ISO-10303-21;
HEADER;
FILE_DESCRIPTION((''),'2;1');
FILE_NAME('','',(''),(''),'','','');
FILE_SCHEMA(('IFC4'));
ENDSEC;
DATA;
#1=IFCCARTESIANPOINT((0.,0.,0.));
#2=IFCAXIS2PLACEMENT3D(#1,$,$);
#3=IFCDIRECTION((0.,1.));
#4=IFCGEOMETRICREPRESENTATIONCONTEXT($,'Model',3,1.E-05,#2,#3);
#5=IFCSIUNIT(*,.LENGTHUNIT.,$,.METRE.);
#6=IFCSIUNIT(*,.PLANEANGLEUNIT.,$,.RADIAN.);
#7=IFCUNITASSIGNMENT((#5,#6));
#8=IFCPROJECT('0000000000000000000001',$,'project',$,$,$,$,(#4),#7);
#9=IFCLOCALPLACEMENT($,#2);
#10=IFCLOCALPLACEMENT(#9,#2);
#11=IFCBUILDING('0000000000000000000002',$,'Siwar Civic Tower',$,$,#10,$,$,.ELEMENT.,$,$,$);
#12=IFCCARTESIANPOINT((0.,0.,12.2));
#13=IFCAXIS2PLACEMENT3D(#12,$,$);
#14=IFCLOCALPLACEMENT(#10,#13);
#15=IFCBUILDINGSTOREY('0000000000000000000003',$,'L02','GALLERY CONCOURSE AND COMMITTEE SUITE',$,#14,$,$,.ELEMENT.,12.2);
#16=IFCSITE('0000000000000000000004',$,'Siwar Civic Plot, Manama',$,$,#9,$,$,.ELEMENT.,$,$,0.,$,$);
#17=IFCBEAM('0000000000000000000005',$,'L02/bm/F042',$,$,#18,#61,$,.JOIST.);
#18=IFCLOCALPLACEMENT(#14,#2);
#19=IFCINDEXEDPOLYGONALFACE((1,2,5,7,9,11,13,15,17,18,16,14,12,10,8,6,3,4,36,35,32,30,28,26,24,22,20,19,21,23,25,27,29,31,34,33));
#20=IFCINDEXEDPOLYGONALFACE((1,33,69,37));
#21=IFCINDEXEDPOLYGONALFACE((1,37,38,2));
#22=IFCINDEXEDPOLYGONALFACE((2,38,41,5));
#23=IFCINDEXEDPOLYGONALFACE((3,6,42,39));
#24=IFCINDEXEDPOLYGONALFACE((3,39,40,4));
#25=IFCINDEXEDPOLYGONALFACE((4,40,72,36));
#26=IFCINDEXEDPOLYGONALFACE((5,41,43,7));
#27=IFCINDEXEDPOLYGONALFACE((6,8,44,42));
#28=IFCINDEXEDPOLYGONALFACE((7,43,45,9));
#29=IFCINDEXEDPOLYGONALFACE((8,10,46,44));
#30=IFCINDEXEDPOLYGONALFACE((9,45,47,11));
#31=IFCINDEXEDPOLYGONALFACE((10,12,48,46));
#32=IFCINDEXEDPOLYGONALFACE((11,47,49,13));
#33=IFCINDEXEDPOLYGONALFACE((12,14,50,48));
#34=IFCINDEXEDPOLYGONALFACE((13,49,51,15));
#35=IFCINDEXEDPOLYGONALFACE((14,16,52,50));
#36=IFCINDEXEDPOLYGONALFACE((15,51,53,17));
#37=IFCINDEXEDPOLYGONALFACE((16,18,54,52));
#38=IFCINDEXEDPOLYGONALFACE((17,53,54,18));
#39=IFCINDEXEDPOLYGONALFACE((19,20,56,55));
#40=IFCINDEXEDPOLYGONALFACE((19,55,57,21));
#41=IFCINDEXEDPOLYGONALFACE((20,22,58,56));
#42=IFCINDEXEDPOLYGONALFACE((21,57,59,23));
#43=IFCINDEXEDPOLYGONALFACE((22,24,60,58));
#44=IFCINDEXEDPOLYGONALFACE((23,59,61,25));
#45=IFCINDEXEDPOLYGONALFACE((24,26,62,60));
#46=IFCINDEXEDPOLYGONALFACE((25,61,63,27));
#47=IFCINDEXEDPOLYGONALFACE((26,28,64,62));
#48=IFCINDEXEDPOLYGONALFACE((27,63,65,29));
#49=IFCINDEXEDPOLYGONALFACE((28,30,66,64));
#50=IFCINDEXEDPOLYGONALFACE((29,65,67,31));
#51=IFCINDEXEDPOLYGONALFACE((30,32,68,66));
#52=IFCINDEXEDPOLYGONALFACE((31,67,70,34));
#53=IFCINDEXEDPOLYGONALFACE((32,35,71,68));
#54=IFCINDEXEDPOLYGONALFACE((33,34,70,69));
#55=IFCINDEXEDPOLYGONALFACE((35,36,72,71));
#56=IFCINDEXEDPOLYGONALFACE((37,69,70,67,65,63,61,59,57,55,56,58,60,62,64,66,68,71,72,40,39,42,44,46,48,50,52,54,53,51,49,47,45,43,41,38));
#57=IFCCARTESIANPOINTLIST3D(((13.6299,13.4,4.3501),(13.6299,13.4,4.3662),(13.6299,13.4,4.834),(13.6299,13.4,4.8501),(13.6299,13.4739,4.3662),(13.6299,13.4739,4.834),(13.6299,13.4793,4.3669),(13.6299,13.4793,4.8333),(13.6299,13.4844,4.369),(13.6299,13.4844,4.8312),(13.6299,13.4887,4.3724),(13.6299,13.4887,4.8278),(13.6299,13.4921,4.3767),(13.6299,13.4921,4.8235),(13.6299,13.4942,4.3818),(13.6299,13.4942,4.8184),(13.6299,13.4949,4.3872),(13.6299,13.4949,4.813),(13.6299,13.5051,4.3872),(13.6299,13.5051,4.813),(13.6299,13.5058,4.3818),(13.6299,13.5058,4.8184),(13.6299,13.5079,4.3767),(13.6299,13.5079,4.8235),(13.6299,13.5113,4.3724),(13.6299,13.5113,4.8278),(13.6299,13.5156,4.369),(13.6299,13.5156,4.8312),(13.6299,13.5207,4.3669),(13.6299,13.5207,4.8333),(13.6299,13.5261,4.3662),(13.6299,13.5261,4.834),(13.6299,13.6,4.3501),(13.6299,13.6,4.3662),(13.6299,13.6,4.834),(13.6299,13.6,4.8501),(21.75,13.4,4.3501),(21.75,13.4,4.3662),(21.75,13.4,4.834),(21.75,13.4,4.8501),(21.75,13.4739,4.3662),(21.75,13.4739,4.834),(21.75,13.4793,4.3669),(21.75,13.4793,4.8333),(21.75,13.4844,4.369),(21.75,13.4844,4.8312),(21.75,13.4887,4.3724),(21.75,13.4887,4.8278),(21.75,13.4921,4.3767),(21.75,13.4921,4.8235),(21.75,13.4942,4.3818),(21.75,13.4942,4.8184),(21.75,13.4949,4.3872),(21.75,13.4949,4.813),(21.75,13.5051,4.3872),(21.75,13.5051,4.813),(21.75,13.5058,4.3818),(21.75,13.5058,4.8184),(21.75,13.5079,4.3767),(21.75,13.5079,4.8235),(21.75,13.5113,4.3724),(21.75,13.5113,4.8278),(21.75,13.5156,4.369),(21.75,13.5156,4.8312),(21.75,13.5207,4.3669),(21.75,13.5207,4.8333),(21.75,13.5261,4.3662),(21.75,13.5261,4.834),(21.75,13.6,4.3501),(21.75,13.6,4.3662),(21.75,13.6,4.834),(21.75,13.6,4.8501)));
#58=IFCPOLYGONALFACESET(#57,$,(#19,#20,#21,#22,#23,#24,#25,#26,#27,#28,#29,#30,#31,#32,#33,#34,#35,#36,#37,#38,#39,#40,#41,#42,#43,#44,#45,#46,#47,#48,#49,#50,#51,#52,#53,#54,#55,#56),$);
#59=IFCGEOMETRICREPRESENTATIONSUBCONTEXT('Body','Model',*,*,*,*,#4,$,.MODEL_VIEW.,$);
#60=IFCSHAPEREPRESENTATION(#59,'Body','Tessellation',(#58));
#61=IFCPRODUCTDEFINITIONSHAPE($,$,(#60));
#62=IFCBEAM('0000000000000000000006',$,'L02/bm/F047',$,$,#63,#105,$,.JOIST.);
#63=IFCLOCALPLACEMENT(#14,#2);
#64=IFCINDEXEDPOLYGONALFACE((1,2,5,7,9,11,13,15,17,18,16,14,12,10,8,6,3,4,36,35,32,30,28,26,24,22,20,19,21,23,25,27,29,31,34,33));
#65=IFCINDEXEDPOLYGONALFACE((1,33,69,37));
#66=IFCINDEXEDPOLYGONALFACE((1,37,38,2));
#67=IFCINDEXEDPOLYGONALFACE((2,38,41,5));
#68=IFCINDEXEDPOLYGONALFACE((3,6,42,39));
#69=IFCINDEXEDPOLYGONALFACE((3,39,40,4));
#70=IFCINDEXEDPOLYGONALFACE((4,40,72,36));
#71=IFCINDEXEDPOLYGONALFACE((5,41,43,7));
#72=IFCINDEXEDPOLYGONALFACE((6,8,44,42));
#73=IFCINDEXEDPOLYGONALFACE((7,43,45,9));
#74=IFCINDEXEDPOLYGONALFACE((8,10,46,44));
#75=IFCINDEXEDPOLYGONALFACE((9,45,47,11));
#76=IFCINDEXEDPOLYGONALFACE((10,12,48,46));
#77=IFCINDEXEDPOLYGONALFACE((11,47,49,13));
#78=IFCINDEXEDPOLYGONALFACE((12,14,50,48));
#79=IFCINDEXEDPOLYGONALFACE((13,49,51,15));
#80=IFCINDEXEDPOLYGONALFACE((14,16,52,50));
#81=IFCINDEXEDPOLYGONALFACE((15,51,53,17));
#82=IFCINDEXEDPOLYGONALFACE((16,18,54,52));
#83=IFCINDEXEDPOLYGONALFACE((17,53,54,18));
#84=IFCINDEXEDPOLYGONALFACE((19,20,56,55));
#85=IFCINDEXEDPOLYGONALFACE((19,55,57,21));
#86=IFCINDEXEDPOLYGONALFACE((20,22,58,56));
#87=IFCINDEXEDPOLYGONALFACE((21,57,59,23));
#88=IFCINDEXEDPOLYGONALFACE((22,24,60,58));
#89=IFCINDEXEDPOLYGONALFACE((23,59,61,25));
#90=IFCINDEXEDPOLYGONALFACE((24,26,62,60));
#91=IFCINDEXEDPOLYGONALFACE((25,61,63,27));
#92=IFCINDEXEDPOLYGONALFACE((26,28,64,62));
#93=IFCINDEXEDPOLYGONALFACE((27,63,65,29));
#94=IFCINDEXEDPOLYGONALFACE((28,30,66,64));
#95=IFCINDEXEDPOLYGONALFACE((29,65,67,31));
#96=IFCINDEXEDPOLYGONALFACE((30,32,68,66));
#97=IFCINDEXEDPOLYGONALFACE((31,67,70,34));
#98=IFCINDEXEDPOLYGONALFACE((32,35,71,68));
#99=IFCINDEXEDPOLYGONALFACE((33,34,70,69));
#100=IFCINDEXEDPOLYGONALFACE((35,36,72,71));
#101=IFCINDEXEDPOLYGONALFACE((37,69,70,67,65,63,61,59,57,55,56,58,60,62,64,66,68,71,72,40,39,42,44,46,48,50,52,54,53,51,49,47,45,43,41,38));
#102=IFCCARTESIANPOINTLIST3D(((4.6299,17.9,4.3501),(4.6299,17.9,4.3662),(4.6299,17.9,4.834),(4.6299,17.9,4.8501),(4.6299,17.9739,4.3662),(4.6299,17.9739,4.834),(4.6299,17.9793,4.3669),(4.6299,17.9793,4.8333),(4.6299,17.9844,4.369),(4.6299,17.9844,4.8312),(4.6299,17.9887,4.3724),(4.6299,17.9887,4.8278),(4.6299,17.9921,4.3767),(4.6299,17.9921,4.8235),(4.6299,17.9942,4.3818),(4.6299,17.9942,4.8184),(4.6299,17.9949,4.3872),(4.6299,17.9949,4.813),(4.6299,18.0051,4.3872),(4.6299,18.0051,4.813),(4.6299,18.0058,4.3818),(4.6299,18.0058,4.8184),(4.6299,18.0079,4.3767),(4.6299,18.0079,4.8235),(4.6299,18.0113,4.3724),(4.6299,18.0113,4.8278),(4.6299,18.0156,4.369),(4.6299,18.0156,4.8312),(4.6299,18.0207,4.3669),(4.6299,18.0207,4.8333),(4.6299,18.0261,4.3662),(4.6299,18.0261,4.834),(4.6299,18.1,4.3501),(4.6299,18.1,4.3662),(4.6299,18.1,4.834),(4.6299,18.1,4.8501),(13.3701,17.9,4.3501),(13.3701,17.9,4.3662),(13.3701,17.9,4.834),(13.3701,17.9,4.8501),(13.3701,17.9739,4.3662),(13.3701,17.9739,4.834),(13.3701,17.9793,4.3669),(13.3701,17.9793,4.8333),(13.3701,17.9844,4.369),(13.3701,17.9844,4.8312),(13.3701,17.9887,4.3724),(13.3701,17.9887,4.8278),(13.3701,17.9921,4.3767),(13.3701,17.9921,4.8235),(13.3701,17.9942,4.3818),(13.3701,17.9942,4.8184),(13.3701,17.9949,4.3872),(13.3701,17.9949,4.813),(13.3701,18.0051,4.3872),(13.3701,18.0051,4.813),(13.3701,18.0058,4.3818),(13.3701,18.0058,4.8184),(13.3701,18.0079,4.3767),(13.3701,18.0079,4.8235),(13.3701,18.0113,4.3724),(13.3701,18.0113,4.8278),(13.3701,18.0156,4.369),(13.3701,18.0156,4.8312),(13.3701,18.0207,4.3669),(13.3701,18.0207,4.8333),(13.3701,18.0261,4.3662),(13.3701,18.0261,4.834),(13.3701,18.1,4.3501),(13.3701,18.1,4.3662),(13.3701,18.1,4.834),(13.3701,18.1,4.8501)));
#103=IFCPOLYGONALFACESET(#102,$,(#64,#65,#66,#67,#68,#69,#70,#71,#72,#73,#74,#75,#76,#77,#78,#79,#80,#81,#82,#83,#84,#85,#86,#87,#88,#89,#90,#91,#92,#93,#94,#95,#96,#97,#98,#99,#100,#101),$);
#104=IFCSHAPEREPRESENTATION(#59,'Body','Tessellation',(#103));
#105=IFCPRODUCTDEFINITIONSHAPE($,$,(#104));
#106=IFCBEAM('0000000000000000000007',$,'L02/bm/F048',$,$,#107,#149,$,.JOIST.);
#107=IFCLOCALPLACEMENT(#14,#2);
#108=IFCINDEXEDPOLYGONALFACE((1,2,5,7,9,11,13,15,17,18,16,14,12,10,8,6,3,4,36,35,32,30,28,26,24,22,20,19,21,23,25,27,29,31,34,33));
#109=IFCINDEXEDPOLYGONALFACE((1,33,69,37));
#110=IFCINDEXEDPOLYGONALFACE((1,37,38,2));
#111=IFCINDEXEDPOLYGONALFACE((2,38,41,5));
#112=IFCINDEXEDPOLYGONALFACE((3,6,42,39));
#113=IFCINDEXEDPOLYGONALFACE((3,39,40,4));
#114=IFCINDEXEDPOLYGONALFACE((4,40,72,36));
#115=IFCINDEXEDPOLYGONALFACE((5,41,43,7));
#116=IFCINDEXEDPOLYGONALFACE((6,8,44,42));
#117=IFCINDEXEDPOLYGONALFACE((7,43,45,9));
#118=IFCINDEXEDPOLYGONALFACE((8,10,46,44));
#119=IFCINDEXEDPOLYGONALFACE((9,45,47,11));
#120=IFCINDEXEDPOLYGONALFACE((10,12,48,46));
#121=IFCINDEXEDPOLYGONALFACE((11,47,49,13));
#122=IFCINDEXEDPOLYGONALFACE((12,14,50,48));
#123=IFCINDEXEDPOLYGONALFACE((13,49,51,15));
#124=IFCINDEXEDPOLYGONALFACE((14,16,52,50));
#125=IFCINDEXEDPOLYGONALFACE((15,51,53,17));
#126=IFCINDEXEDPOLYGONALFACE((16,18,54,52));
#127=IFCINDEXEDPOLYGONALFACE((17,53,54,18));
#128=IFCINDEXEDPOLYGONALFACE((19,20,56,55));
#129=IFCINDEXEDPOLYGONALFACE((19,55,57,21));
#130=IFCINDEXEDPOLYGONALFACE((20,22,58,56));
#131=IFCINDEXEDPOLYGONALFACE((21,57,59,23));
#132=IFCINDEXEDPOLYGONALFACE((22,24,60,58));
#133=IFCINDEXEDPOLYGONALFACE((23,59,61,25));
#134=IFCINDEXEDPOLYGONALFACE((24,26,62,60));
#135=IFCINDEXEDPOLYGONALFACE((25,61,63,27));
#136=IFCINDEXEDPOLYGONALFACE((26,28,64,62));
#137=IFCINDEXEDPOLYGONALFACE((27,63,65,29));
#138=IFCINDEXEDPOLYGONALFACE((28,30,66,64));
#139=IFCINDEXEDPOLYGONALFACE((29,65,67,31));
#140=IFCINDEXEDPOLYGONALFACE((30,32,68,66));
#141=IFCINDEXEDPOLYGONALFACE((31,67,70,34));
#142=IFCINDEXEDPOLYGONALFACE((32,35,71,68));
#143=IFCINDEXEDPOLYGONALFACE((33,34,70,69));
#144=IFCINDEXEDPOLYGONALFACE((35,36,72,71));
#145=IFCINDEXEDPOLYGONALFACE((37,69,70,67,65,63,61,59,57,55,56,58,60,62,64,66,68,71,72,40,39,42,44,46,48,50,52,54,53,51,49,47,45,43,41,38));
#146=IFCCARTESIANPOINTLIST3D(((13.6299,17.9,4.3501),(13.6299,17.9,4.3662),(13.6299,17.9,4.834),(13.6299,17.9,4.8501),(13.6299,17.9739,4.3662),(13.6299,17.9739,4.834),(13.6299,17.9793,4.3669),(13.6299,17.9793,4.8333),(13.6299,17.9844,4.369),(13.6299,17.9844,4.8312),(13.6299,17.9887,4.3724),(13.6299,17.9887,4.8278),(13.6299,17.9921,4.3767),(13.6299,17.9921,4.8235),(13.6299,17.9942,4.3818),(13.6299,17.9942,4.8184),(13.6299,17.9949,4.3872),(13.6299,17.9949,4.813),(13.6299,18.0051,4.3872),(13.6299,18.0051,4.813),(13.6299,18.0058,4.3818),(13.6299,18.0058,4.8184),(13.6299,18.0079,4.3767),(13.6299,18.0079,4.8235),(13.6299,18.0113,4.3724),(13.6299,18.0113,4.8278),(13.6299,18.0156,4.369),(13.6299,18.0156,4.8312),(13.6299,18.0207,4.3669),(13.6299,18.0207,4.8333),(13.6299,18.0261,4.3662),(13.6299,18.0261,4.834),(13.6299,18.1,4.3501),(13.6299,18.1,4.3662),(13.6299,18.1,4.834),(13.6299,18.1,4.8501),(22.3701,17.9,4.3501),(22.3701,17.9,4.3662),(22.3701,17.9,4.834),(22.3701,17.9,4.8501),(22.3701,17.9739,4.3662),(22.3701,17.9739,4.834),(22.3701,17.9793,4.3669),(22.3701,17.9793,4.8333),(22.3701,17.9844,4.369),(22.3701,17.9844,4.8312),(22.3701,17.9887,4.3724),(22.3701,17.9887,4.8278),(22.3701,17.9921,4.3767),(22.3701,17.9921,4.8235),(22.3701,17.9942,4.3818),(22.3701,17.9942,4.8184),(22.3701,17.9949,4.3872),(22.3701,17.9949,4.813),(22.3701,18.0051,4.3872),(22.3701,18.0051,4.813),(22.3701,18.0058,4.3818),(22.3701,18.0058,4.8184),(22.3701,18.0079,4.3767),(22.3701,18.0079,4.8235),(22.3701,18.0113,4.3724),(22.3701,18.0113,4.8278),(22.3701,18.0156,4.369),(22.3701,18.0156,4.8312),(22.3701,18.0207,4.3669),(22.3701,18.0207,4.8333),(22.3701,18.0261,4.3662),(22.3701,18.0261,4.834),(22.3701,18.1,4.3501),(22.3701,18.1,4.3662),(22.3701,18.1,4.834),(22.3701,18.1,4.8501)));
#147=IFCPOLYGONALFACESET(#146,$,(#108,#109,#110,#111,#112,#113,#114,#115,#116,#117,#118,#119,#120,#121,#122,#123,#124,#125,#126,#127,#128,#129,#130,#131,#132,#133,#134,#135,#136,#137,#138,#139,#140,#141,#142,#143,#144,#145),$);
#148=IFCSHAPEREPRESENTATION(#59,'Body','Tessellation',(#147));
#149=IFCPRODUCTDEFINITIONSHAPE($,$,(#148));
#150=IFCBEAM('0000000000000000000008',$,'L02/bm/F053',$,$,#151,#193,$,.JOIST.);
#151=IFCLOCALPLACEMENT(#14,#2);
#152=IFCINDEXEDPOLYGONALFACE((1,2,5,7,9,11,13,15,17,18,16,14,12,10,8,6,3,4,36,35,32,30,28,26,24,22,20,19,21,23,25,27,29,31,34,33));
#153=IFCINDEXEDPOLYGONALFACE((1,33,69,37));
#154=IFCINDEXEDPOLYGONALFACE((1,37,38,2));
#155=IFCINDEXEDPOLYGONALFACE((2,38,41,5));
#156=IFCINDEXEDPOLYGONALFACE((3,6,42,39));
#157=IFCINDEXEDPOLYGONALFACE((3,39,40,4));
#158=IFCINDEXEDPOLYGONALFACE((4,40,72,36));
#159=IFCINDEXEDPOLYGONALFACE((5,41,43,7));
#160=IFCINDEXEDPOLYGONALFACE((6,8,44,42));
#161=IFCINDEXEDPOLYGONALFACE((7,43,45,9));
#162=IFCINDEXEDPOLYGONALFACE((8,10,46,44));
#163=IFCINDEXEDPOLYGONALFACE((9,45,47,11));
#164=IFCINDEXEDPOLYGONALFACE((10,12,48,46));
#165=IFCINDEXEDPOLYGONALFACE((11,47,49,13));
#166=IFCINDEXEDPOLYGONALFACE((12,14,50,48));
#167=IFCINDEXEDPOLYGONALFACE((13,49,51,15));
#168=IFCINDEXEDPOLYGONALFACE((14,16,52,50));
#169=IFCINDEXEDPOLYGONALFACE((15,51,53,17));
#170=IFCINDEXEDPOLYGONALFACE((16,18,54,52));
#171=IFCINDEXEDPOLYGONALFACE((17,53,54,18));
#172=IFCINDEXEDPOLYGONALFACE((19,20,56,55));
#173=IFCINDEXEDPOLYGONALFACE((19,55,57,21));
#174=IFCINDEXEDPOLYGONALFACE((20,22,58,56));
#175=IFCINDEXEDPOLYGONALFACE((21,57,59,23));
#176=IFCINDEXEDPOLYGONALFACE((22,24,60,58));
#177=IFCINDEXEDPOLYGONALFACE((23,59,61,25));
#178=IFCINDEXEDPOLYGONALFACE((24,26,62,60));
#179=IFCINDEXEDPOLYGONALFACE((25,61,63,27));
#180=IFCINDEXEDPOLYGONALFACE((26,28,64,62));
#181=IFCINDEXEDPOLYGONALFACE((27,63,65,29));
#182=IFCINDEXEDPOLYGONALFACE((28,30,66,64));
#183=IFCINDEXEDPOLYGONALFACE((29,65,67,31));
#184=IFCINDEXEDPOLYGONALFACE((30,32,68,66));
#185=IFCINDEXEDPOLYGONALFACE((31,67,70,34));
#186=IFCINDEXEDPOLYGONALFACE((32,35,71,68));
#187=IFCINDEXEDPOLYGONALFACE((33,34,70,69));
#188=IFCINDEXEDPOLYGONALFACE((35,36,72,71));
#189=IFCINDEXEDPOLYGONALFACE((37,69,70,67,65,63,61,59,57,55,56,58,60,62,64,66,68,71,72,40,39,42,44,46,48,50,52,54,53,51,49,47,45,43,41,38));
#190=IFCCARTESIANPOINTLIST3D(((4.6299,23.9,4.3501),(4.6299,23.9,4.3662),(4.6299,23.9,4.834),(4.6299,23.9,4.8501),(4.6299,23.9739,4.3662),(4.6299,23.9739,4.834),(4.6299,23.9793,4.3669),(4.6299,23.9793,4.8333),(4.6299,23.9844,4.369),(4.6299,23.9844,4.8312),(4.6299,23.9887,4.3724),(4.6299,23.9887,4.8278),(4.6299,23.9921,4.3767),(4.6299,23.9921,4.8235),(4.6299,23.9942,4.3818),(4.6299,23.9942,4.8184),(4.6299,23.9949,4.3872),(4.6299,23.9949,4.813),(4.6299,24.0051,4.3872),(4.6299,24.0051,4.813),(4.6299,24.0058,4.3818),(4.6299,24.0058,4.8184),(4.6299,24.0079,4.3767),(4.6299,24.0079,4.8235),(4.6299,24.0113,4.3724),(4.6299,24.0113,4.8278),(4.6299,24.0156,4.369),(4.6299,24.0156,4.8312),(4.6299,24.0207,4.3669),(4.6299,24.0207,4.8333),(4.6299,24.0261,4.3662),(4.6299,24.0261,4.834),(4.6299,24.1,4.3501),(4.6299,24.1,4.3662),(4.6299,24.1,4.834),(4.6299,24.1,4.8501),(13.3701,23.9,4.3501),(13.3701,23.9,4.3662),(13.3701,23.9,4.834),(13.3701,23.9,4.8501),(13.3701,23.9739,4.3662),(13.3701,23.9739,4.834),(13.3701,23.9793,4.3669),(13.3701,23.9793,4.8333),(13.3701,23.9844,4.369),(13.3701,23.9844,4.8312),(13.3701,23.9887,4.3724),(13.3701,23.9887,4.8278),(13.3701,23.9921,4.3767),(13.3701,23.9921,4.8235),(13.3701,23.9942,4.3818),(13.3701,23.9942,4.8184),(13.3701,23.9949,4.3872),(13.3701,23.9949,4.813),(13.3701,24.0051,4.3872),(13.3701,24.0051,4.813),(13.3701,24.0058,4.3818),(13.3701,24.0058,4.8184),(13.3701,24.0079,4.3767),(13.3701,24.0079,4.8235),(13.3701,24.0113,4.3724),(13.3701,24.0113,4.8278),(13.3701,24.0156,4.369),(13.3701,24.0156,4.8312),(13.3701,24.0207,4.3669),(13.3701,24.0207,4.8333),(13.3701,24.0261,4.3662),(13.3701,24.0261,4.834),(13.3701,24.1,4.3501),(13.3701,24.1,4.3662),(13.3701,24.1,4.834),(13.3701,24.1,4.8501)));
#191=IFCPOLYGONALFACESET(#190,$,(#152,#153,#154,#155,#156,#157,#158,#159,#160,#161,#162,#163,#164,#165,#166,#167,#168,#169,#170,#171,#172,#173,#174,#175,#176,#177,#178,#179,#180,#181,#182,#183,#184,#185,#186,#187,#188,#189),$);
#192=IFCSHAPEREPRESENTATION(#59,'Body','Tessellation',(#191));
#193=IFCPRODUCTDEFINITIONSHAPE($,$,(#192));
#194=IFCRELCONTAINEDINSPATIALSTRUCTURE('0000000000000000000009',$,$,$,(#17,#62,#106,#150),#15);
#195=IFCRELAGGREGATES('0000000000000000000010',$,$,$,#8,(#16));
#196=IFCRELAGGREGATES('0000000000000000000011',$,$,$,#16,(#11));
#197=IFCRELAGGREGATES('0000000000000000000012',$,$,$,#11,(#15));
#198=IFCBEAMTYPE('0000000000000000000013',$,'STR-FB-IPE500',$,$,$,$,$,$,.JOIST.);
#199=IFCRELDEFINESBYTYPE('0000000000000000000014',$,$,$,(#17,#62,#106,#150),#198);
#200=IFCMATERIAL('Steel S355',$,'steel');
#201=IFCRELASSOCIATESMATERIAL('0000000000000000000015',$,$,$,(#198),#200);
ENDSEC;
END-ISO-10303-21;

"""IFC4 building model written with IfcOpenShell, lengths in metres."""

from ifc_helpers import new_model, si_unit, direction, frame, origin, origin_2d, place, context, subcontext, project, spatial, i_section, extrude, material, material_profile, profile_set, type_object, element, save


model = new_model("IFC4")

# Units and contexts
model_context = context("Model", 3, precision=1e-05, world=origin(), true_north=direction((0.0, 1.0)))
body_context = subcontext(model_context, "Body", "Model", "MODEL_VIEW")
ifc_project = project(units=[si_unit("LENGTHUNIT", "METRE"), si_unit("PLANEANGLEUNIT", "RADIAN")], contexts=[model_context])

# Site, building, storey
site_placement = place(None, origin())
site = spatial("IfcSite", under=ifc_project, at=site_placement, Name="Siwar Civic Plot, Manama", CompositionType="ELEMENT", RefElevation=0.0)
building_placement = place(site_placement, origin())
building = spatial("IfcBuilding", under=site, at=building_placement, Name="Siwar Civic Tower", CompositionType="ELEMENT")
storey_placement = place(building_placement, frame((0.0, 0.0, 12.2)))
storey = spatial("IfcBuildingStorey", under=building, at=storey_placement, Name="L02", Description="GALLERY CONCOURSE AND COMMITTEE SUITE", CompositionType="ELEMENT", Elevation=12.2)

# Beams
ifc_material_1 = material(Name="Steel S355", Category="steel")
ifc_material_profile_1 = material_profile(ifc_material_1, i_section(OverallWidth=0.2, OverallDepth=0.5, WebThickness=0.0103, FlangeThickness=0.0161, FilletRadius=0.021, at=origin_2d()), Name="IPE500")
ifc_profile_set_1 = profile_set([ifc_material_profile_1], Name="Steel S355")
beam_type_1 = type_object("IfcBeamType", Name="STR-FB-IPE500", PredefinedType="JOIST", material=ifc_profile_set_1)
beam_1_placement = place(storey_placement, frame((13.6299, 13.5, 4.6001), z_axis=(1.0, 0.0, 0.0), x_axis=(0.0, 1.0, 0.0)))
element("IfcBeam", 1, at=beam_1_placement, inside=storey, type_object=beam_type_1, Name="L02/bm/F042", PredefinedType="JOIST", context=body_context, shape_type="SweptSolid", body=[
    extrude(i_section(OverallWidth=0.2, OverallDepth=0.5, WebThickness=0.0103, FlangeThickness=0.0161, FilletRadius=0.021, at=origin_2d()), origin(), (0.0, 0.0, 1.0), 8.1201),
])
for number, where, z_axis, x_axis, name in (
    (2, (4.6299, 18.0, 4.6001), (1.0, 0.0, 0.0), (0.0, 1.0, 0.0), "L02/bm/F047"),
    (3, (13.6299, 18.0, 4.6001), (1.0, 0.0, 0.0), (0.0, 1.0, 0.0), "L02/bm/F048"),
    (4, (4.6299, 24.0, 4.6001), (1.0, 0.0, 0.0), (0.0, 1.0, 0.0), "L02/bm/F053"),
):
    element("IfcBeam", number, at=place(storey_placement, frame(where, z_axis=z_axis, x_axis=x_axis)), inside=storey, type_object=beam_type_1, Name=name, PredefinedType="JOIST", context=body_context, shape_type="SweptSolid", body=[
        extrude(i_section(OverallWidth=0.2, OverallDepth=0.5, WebThickness=0.0103, FlangeThickness=0.0161, FilletRadius=0.021, at=origin_2d()), origin(), (0.0, 0.0, 1.0), 8.7402),
    ])

save(model, "model.ifc")
